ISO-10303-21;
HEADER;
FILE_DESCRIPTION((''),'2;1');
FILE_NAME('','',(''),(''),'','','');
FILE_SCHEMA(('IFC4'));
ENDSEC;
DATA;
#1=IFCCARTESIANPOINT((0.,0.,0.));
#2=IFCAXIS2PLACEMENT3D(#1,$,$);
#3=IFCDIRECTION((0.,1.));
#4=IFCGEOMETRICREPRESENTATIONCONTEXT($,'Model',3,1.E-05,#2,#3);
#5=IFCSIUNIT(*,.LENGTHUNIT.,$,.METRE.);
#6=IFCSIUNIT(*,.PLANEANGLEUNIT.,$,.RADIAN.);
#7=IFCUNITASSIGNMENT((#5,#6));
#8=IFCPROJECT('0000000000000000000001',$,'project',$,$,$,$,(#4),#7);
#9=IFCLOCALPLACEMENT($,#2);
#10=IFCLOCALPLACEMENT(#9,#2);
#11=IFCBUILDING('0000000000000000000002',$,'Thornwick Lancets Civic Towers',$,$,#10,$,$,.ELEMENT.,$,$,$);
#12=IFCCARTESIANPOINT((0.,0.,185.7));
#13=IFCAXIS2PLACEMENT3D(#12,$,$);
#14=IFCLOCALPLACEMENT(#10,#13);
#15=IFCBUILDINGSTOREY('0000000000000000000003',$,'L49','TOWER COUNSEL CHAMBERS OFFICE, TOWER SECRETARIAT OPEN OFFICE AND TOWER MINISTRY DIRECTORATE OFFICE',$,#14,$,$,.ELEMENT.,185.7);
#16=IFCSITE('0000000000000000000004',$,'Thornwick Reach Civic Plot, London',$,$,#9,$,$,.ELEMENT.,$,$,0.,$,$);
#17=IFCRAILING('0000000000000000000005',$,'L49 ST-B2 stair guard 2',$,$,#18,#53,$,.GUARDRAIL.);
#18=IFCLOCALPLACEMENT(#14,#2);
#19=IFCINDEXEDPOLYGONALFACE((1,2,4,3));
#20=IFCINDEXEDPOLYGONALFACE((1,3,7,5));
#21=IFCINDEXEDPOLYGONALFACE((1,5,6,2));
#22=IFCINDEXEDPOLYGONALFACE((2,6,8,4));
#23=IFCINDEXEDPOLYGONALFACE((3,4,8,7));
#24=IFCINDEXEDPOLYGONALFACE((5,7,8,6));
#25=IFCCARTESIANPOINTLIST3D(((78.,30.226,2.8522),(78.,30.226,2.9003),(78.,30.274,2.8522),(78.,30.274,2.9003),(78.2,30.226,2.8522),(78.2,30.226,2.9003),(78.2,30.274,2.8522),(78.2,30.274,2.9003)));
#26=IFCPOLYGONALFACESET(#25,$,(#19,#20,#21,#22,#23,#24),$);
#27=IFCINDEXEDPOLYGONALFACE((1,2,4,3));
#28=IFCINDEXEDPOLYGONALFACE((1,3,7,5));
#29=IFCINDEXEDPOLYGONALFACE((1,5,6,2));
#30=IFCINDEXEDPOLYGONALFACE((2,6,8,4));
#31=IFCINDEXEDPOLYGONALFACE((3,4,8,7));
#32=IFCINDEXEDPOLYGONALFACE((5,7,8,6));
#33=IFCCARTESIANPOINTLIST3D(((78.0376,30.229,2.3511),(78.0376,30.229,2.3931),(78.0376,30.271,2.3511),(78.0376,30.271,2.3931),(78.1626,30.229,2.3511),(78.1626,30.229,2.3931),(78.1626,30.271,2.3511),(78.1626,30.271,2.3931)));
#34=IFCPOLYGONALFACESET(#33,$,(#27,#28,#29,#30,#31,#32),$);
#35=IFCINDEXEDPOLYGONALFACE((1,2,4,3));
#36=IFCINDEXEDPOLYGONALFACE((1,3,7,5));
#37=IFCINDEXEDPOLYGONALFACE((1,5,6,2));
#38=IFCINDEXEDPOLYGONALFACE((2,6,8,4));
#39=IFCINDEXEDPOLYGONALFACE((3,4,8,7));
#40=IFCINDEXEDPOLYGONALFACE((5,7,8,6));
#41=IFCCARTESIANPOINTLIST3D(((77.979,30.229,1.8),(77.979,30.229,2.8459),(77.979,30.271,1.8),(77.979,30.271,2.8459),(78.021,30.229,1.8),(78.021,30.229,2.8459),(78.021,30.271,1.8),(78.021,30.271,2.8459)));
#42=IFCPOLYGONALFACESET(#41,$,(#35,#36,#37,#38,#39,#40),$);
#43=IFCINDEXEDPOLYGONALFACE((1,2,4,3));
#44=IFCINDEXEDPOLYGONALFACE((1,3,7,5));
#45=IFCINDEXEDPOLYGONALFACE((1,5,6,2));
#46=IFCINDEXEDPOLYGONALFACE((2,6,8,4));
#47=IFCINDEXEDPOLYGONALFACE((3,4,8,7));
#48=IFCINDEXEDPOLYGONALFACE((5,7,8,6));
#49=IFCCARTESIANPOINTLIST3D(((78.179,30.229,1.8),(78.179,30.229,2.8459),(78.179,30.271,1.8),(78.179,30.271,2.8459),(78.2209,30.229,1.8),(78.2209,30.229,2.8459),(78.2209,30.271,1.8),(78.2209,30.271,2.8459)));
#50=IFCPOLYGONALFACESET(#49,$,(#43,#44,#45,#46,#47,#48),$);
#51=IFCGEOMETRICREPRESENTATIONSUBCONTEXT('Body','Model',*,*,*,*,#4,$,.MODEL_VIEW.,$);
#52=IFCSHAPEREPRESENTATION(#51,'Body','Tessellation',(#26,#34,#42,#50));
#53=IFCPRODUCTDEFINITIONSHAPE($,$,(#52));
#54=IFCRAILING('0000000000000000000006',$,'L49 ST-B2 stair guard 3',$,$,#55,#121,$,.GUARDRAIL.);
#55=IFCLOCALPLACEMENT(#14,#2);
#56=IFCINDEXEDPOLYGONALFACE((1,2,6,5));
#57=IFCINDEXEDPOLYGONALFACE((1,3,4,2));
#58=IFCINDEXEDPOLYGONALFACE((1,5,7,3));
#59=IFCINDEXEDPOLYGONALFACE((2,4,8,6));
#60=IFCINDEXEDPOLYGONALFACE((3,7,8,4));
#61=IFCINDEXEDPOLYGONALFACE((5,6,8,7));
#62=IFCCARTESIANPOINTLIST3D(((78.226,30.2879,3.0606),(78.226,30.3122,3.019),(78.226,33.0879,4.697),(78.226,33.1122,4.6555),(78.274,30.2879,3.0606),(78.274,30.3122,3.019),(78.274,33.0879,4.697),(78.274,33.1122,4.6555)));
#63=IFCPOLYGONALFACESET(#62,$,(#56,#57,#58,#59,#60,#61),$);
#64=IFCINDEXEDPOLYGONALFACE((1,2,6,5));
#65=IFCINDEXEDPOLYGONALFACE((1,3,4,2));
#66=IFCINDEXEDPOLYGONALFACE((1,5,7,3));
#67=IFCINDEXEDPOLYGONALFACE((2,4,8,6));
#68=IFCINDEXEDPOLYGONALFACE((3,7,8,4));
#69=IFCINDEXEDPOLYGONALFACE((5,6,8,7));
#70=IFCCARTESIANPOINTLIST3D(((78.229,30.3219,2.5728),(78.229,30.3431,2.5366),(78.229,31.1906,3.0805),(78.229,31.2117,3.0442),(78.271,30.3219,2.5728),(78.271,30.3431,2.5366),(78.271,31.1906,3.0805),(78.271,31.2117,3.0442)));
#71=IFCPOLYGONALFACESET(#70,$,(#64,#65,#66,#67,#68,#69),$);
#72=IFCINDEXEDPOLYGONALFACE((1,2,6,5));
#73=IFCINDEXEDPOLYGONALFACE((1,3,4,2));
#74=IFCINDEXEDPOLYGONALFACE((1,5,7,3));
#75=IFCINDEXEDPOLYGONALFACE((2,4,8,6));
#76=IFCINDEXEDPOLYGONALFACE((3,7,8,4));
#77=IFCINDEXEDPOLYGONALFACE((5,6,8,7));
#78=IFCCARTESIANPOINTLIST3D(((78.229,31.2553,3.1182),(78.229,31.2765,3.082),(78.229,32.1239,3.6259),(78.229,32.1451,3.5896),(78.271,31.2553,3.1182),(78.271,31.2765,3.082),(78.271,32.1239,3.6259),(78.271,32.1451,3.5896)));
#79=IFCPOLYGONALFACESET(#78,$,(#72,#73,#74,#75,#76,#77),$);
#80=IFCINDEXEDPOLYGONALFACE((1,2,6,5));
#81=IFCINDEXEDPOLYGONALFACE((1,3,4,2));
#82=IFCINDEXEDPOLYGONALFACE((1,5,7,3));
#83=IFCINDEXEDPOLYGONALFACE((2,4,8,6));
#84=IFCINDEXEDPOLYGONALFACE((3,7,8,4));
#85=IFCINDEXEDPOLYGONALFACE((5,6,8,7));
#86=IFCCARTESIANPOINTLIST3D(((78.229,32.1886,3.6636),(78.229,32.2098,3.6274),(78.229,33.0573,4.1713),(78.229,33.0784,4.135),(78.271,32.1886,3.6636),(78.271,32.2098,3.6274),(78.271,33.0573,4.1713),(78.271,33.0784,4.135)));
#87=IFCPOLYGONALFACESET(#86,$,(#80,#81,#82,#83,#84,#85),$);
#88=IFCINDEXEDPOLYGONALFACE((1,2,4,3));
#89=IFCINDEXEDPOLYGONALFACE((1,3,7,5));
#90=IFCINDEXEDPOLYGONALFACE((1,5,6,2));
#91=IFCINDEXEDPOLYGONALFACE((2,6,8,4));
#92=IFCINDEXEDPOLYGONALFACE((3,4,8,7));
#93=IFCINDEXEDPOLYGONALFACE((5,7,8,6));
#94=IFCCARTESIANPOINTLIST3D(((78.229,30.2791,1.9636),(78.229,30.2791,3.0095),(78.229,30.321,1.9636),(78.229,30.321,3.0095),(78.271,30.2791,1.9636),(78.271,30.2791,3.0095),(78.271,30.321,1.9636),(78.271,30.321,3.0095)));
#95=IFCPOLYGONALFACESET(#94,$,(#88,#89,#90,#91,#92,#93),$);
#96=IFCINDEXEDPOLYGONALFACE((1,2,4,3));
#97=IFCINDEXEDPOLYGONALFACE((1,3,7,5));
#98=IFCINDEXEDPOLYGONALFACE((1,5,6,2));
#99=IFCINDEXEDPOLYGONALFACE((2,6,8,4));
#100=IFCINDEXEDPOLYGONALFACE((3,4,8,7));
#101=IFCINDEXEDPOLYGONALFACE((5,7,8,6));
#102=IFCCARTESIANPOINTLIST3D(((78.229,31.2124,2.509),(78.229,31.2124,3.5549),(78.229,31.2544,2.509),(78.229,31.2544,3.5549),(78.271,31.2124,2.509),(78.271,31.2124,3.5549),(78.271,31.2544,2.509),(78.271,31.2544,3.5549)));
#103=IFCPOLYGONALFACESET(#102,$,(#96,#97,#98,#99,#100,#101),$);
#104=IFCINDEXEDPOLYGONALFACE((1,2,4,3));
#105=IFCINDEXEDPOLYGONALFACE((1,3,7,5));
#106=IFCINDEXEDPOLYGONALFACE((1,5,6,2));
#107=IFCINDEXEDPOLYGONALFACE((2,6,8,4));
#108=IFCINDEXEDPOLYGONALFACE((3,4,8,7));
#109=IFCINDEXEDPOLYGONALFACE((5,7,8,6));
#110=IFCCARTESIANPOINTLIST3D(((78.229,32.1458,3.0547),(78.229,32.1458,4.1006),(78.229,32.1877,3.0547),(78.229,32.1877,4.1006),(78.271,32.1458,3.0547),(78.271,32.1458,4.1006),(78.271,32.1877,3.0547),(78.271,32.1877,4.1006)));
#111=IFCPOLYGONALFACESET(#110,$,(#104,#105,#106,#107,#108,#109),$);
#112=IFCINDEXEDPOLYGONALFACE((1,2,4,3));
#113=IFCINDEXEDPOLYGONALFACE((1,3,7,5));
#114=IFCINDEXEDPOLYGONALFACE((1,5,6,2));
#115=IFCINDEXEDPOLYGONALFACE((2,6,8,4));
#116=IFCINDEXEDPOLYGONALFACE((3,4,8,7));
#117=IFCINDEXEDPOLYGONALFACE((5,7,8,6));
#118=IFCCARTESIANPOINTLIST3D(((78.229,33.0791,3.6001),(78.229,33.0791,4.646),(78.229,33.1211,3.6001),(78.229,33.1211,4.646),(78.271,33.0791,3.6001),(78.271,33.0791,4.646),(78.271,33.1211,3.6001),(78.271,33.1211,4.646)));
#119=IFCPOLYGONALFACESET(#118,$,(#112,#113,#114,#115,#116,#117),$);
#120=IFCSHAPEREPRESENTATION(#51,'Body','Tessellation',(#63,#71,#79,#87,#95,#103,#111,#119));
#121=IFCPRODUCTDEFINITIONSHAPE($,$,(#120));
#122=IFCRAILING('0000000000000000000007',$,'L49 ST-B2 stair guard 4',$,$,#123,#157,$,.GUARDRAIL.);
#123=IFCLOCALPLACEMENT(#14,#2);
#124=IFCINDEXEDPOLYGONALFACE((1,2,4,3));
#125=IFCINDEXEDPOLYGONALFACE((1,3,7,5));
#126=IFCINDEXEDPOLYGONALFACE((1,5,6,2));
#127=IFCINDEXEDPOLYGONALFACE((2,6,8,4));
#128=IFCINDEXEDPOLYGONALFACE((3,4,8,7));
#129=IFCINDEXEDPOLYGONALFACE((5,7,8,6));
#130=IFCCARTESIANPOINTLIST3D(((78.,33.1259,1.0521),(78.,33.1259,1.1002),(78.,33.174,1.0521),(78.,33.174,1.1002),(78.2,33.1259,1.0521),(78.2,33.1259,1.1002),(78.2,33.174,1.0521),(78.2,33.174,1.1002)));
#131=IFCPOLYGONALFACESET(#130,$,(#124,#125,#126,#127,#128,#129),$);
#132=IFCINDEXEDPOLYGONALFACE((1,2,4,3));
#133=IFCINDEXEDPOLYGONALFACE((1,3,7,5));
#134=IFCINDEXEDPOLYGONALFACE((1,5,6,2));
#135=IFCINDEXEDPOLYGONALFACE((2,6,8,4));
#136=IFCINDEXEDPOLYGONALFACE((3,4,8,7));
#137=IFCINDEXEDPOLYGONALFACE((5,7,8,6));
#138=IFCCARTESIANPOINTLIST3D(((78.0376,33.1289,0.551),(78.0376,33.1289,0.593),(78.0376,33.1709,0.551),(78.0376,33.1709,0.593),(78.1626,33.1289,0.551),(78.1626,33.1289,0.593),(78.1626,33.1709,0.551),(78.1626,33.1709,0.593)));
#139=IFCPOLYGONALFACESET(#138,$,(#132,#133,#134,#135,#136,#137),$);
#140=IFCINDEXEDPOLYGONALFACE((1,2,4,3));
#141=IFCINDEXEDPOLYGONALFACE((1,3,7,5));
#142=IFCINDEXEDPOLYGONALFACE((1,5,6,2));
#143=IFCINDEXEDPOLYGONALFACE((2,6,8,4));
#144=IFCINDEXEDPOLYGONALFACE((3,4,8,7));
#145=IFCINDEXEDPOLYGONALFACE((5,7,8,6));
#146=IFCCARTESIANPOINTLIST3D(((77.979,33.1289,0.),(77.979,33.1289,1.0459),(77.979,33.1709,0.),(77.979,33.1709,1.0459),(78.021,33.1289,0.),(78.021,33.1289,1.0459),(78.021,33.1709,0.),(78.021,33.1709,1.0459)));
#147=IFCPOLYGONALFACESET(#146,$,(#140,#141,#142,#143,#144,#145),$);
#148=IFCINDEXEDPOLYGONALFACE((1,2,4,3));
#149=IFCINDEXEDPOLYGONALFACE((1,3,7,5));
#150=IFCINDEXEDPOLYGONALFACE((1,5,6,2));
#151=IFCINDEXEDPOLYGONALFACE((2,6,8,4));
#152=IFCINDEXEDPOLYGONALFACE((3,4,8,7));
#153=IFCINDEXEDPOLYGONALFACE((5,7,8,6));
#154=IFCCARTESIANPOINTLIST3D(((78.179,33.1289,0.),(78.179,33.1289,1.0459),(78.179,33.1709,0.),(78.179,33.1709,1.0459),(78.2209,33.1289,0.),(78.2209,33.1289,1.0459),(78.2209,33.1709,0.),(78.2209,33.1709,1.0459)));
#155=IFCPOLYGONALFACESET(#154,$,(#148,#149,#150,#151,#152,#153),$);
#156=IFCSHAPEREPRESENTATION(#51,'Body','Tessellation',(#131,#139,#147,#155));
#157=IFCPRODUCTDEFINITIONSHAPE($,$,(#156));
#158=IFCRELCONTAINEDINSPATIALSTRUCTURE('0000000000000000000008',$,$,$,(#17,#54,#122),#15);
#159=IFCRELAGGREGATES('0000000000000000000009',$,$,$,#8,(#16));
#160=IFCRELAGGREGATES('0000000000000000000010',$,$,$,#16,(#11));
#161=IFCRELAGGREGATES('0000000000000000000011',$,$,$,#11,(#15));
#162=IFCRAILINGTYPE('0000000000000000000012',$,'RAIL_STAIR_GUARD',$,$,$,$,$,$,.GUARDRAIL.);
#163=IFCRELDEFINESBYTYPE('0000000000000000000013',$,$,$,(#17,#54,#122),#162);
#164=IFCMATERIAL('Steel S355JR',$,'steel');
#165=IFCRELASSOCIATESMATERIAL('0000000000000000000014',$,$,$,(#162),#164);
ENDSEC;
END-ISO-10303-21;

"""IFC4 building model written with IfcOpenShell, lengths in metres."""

from ifc_helpers import new_model, si_unit, direction, frame, origin, origin_2d, place, context, subcontext, project, spatial, rectangle, extrude, material, type_object, element, save


model = new_model("IFC4")

# Units and contexts
model_context = context("Model", 3, precision=1e-05, world=origin(), true_north=direction((0.0, 1.0)))
body_context = subcontext(model_context, "Body", "Model", "MODEL_VIEW")
ifc_project = project(units=[si_unit("LENGTHUNIT", "METRE"), si_unit("PLANEANGLEUNIT", "RADIAN")], contexts=[model_context])

# Site, building, storey
site_placement = place(None, origin())
site = spatial("IfcSite", under=ifc_project, at=site_placement, Name="Thornwick Reach Civic Plot, London", CompositionType="ELEMENT", RefElevation=0.0)
building_placement = place(site_placement, origin())
building = spatial("IfcBuilding", under=site, at=building_placement, Name="Thornwick Lancets Civic Towers", CompositionType="ELEMENT")
storey_placement = place(building_placement, frame((0.0, 0.0, 185.7)))
storey = spatial("IfcBuildingStorey", under=building, at=storey_placement, Name="L49", Description="TOWER COUNSEL CHAMBERS OFFICE, TOWER SECRETARIAT OPEN OFFICE AND TOWER MINISTRY DIRECTORATE OFFICE", CompositionType="ELEMENT", Elevation=185.7)

# Railings
ifc_material_1 = material(Name="Steel S355JR", Category="steel")
railing_type_1 = type_object("IfcRailingType", Name="RAIL_STAIR_GUARD", PredefinedType="GUARDRAIL", material=ifc_material_1)
railing_1_placement = place(storey_placement, frame((78.0, 30.25, 1.8)))
element("IfcRailing", 1, at=railing_1_placement, inside=storey, type_object=railing_type_1, Name="L49 ST-B2 stair guard 2", PredefinedType="GUARDRAIL", context=body_context, shape_type="SweptSolid", body=[
    extrude(rectangle(XDim=0.0481, YDim=0.0481, at=origin_2d()), frame((0.0, 0.0, 1.0762), z_axis=(1.0, 0.0, 0.0), x_axis=(0.0, 1.0, 0.0)), (0.0, 0.0, 1.0), 0.2),
    extrude(rectangle(XDim=0.042, YDim=0.042, at=origin_2d()), frame((0.0376, 0.0, 0.572), z_axis=(1.0, 0.0, 0.0), x_axis=(0.0, 1.0, 0.0)), (0.0, 0.0, 1.0), 0.125),
    extrude(rectangle(XDim=0.042, YDim=0.042, at=origin_2d()), origin(), (0.0, 0.0, 1.0), 1.0459),
    extrude(rectangle(XDim=0.042, YDim=0.042, at=origin_2d()), frame((0.2, 0.0, 0.0)), (0.0, 0.0, 1.0), 1.0459),
])
railing_2_placement = place(storey_placement, frame((78.25, 30.3, 1.9636)))
element("IfcRailing", 2, at=railing_2_placement, inside=storey, type_object=railing_type_1, Name="L49 ST-B2 stair guard 3", PredefinedType="GUARDRAIL", context=body_context, shape_type="SweptSolid", body=[
    extrude(rectangle(XDim=0.0481, YDim=0.0481, at=origin_2d()), frame((0.0, 0.0, 1.0762), z_axis=(0.0, 0.863361, 0.504587), x_axis=(-1.0, 0.0, 0.0)), (0.0, 0.0, 1.0), 3.2432),
    extrude(rectangle(XDim=0.042, YDim=0.042, at=origin_2d()), frame((0.0, 0.0325, 0.5911), z_axis=(0.0, 0.863361, 0.504587), x_axis=(-1.0, 0.0, 0.0)), (0.0, 0.0, 1.0), 1.0061),
    extrude(rectangle(XDim=0.042, YDim=0.042, at=origin_2d()), frame((0.0, 0.9658, 1.1365), z_axis=(0.0, 0.863361, 0.504587), x_axis=(-1.0, 0.0, 0.0)), (0.0, 0.0, 1.0), 1.0061),
    extrude(rectangle(XDim=0.042, YDim=0.042, at=origin_2d()), frame((0.0, 1.8992, 1.6819), z_axis=(0.0, 0.863361, 0.504587), x_axis=(-1.0, 0.0, 0.0)), (0.0, 0.0, 1.0), 1.0061),
    extrude(rectangle(XDim=0.042, YDim=0.042, at=origin_2d()), origin(), (0.0, 0.0, 1.0), 1.0459),
    extrude(rectangle(XDim=0.042, YDim=0.042, at=origin_2d()), frame((0.0, 0.9333, 0.5454)), (0.0, 0.0, 1.0), 1.0459),
    extrude(rectangle(XDim=0.042, YDim=0.042, at=origin_2d()), frame((0.0, 1.8667, 1.0911)), (0.0, 0.0, 1.0), 1.0459),
    extrude(rectangle(XDim=0.042, YDim=0.042, at=origin_2d()), frame((0.0, 2.8, 1.6365)), (0.0, 0.0, 1.0), 1.0459),
])
railing_3_placement = place(storey_placement, frame((78.0, 33.1499, 0.0)))
element("IfcRailing", 3, at=railing_3_placement, inside=storey, type_object=railing_type_1, Name="L49 ST-B2 stair guard 4", PredefinedType="GUARDRAIL", context=body_context, shape_type="SweptSolid", body=[
    extrude(rectangle(XDim=0.0481, YDim=0.0481, at=origin_2d()), frame((0.0, 0.0, 1.0762), z_axis=(1.0, 0.0, 0.0), x_axis=(0.0, 1.0, 0.0)), (0.0, 0.0, 1.0), 0.2),
    extrude(rectangle(XDim=0.042, YDim=0.042, at=origin_2d()), frame((0.0376, 0.0, 0.572), z_axis=(1.0, 0.0, 0.0), x_axis=(0.0, 1.0, 0.0)), (0.0, 0.0, 1.0), 0.125),
    extrude(rectangle(XDim=0.042, YDim=0.042, at=origin_2d()), origin(), (0.0, 0.0, 1.0), 1.0459),
    extrude(rectangle(XDim=0.042, YDim=0.042, at=origin_2d()), frame((0.2, 0.0, 0.0)), (0.0, 0.0, 1.0), 1.0459),
])

save(model, "model.ifc")
